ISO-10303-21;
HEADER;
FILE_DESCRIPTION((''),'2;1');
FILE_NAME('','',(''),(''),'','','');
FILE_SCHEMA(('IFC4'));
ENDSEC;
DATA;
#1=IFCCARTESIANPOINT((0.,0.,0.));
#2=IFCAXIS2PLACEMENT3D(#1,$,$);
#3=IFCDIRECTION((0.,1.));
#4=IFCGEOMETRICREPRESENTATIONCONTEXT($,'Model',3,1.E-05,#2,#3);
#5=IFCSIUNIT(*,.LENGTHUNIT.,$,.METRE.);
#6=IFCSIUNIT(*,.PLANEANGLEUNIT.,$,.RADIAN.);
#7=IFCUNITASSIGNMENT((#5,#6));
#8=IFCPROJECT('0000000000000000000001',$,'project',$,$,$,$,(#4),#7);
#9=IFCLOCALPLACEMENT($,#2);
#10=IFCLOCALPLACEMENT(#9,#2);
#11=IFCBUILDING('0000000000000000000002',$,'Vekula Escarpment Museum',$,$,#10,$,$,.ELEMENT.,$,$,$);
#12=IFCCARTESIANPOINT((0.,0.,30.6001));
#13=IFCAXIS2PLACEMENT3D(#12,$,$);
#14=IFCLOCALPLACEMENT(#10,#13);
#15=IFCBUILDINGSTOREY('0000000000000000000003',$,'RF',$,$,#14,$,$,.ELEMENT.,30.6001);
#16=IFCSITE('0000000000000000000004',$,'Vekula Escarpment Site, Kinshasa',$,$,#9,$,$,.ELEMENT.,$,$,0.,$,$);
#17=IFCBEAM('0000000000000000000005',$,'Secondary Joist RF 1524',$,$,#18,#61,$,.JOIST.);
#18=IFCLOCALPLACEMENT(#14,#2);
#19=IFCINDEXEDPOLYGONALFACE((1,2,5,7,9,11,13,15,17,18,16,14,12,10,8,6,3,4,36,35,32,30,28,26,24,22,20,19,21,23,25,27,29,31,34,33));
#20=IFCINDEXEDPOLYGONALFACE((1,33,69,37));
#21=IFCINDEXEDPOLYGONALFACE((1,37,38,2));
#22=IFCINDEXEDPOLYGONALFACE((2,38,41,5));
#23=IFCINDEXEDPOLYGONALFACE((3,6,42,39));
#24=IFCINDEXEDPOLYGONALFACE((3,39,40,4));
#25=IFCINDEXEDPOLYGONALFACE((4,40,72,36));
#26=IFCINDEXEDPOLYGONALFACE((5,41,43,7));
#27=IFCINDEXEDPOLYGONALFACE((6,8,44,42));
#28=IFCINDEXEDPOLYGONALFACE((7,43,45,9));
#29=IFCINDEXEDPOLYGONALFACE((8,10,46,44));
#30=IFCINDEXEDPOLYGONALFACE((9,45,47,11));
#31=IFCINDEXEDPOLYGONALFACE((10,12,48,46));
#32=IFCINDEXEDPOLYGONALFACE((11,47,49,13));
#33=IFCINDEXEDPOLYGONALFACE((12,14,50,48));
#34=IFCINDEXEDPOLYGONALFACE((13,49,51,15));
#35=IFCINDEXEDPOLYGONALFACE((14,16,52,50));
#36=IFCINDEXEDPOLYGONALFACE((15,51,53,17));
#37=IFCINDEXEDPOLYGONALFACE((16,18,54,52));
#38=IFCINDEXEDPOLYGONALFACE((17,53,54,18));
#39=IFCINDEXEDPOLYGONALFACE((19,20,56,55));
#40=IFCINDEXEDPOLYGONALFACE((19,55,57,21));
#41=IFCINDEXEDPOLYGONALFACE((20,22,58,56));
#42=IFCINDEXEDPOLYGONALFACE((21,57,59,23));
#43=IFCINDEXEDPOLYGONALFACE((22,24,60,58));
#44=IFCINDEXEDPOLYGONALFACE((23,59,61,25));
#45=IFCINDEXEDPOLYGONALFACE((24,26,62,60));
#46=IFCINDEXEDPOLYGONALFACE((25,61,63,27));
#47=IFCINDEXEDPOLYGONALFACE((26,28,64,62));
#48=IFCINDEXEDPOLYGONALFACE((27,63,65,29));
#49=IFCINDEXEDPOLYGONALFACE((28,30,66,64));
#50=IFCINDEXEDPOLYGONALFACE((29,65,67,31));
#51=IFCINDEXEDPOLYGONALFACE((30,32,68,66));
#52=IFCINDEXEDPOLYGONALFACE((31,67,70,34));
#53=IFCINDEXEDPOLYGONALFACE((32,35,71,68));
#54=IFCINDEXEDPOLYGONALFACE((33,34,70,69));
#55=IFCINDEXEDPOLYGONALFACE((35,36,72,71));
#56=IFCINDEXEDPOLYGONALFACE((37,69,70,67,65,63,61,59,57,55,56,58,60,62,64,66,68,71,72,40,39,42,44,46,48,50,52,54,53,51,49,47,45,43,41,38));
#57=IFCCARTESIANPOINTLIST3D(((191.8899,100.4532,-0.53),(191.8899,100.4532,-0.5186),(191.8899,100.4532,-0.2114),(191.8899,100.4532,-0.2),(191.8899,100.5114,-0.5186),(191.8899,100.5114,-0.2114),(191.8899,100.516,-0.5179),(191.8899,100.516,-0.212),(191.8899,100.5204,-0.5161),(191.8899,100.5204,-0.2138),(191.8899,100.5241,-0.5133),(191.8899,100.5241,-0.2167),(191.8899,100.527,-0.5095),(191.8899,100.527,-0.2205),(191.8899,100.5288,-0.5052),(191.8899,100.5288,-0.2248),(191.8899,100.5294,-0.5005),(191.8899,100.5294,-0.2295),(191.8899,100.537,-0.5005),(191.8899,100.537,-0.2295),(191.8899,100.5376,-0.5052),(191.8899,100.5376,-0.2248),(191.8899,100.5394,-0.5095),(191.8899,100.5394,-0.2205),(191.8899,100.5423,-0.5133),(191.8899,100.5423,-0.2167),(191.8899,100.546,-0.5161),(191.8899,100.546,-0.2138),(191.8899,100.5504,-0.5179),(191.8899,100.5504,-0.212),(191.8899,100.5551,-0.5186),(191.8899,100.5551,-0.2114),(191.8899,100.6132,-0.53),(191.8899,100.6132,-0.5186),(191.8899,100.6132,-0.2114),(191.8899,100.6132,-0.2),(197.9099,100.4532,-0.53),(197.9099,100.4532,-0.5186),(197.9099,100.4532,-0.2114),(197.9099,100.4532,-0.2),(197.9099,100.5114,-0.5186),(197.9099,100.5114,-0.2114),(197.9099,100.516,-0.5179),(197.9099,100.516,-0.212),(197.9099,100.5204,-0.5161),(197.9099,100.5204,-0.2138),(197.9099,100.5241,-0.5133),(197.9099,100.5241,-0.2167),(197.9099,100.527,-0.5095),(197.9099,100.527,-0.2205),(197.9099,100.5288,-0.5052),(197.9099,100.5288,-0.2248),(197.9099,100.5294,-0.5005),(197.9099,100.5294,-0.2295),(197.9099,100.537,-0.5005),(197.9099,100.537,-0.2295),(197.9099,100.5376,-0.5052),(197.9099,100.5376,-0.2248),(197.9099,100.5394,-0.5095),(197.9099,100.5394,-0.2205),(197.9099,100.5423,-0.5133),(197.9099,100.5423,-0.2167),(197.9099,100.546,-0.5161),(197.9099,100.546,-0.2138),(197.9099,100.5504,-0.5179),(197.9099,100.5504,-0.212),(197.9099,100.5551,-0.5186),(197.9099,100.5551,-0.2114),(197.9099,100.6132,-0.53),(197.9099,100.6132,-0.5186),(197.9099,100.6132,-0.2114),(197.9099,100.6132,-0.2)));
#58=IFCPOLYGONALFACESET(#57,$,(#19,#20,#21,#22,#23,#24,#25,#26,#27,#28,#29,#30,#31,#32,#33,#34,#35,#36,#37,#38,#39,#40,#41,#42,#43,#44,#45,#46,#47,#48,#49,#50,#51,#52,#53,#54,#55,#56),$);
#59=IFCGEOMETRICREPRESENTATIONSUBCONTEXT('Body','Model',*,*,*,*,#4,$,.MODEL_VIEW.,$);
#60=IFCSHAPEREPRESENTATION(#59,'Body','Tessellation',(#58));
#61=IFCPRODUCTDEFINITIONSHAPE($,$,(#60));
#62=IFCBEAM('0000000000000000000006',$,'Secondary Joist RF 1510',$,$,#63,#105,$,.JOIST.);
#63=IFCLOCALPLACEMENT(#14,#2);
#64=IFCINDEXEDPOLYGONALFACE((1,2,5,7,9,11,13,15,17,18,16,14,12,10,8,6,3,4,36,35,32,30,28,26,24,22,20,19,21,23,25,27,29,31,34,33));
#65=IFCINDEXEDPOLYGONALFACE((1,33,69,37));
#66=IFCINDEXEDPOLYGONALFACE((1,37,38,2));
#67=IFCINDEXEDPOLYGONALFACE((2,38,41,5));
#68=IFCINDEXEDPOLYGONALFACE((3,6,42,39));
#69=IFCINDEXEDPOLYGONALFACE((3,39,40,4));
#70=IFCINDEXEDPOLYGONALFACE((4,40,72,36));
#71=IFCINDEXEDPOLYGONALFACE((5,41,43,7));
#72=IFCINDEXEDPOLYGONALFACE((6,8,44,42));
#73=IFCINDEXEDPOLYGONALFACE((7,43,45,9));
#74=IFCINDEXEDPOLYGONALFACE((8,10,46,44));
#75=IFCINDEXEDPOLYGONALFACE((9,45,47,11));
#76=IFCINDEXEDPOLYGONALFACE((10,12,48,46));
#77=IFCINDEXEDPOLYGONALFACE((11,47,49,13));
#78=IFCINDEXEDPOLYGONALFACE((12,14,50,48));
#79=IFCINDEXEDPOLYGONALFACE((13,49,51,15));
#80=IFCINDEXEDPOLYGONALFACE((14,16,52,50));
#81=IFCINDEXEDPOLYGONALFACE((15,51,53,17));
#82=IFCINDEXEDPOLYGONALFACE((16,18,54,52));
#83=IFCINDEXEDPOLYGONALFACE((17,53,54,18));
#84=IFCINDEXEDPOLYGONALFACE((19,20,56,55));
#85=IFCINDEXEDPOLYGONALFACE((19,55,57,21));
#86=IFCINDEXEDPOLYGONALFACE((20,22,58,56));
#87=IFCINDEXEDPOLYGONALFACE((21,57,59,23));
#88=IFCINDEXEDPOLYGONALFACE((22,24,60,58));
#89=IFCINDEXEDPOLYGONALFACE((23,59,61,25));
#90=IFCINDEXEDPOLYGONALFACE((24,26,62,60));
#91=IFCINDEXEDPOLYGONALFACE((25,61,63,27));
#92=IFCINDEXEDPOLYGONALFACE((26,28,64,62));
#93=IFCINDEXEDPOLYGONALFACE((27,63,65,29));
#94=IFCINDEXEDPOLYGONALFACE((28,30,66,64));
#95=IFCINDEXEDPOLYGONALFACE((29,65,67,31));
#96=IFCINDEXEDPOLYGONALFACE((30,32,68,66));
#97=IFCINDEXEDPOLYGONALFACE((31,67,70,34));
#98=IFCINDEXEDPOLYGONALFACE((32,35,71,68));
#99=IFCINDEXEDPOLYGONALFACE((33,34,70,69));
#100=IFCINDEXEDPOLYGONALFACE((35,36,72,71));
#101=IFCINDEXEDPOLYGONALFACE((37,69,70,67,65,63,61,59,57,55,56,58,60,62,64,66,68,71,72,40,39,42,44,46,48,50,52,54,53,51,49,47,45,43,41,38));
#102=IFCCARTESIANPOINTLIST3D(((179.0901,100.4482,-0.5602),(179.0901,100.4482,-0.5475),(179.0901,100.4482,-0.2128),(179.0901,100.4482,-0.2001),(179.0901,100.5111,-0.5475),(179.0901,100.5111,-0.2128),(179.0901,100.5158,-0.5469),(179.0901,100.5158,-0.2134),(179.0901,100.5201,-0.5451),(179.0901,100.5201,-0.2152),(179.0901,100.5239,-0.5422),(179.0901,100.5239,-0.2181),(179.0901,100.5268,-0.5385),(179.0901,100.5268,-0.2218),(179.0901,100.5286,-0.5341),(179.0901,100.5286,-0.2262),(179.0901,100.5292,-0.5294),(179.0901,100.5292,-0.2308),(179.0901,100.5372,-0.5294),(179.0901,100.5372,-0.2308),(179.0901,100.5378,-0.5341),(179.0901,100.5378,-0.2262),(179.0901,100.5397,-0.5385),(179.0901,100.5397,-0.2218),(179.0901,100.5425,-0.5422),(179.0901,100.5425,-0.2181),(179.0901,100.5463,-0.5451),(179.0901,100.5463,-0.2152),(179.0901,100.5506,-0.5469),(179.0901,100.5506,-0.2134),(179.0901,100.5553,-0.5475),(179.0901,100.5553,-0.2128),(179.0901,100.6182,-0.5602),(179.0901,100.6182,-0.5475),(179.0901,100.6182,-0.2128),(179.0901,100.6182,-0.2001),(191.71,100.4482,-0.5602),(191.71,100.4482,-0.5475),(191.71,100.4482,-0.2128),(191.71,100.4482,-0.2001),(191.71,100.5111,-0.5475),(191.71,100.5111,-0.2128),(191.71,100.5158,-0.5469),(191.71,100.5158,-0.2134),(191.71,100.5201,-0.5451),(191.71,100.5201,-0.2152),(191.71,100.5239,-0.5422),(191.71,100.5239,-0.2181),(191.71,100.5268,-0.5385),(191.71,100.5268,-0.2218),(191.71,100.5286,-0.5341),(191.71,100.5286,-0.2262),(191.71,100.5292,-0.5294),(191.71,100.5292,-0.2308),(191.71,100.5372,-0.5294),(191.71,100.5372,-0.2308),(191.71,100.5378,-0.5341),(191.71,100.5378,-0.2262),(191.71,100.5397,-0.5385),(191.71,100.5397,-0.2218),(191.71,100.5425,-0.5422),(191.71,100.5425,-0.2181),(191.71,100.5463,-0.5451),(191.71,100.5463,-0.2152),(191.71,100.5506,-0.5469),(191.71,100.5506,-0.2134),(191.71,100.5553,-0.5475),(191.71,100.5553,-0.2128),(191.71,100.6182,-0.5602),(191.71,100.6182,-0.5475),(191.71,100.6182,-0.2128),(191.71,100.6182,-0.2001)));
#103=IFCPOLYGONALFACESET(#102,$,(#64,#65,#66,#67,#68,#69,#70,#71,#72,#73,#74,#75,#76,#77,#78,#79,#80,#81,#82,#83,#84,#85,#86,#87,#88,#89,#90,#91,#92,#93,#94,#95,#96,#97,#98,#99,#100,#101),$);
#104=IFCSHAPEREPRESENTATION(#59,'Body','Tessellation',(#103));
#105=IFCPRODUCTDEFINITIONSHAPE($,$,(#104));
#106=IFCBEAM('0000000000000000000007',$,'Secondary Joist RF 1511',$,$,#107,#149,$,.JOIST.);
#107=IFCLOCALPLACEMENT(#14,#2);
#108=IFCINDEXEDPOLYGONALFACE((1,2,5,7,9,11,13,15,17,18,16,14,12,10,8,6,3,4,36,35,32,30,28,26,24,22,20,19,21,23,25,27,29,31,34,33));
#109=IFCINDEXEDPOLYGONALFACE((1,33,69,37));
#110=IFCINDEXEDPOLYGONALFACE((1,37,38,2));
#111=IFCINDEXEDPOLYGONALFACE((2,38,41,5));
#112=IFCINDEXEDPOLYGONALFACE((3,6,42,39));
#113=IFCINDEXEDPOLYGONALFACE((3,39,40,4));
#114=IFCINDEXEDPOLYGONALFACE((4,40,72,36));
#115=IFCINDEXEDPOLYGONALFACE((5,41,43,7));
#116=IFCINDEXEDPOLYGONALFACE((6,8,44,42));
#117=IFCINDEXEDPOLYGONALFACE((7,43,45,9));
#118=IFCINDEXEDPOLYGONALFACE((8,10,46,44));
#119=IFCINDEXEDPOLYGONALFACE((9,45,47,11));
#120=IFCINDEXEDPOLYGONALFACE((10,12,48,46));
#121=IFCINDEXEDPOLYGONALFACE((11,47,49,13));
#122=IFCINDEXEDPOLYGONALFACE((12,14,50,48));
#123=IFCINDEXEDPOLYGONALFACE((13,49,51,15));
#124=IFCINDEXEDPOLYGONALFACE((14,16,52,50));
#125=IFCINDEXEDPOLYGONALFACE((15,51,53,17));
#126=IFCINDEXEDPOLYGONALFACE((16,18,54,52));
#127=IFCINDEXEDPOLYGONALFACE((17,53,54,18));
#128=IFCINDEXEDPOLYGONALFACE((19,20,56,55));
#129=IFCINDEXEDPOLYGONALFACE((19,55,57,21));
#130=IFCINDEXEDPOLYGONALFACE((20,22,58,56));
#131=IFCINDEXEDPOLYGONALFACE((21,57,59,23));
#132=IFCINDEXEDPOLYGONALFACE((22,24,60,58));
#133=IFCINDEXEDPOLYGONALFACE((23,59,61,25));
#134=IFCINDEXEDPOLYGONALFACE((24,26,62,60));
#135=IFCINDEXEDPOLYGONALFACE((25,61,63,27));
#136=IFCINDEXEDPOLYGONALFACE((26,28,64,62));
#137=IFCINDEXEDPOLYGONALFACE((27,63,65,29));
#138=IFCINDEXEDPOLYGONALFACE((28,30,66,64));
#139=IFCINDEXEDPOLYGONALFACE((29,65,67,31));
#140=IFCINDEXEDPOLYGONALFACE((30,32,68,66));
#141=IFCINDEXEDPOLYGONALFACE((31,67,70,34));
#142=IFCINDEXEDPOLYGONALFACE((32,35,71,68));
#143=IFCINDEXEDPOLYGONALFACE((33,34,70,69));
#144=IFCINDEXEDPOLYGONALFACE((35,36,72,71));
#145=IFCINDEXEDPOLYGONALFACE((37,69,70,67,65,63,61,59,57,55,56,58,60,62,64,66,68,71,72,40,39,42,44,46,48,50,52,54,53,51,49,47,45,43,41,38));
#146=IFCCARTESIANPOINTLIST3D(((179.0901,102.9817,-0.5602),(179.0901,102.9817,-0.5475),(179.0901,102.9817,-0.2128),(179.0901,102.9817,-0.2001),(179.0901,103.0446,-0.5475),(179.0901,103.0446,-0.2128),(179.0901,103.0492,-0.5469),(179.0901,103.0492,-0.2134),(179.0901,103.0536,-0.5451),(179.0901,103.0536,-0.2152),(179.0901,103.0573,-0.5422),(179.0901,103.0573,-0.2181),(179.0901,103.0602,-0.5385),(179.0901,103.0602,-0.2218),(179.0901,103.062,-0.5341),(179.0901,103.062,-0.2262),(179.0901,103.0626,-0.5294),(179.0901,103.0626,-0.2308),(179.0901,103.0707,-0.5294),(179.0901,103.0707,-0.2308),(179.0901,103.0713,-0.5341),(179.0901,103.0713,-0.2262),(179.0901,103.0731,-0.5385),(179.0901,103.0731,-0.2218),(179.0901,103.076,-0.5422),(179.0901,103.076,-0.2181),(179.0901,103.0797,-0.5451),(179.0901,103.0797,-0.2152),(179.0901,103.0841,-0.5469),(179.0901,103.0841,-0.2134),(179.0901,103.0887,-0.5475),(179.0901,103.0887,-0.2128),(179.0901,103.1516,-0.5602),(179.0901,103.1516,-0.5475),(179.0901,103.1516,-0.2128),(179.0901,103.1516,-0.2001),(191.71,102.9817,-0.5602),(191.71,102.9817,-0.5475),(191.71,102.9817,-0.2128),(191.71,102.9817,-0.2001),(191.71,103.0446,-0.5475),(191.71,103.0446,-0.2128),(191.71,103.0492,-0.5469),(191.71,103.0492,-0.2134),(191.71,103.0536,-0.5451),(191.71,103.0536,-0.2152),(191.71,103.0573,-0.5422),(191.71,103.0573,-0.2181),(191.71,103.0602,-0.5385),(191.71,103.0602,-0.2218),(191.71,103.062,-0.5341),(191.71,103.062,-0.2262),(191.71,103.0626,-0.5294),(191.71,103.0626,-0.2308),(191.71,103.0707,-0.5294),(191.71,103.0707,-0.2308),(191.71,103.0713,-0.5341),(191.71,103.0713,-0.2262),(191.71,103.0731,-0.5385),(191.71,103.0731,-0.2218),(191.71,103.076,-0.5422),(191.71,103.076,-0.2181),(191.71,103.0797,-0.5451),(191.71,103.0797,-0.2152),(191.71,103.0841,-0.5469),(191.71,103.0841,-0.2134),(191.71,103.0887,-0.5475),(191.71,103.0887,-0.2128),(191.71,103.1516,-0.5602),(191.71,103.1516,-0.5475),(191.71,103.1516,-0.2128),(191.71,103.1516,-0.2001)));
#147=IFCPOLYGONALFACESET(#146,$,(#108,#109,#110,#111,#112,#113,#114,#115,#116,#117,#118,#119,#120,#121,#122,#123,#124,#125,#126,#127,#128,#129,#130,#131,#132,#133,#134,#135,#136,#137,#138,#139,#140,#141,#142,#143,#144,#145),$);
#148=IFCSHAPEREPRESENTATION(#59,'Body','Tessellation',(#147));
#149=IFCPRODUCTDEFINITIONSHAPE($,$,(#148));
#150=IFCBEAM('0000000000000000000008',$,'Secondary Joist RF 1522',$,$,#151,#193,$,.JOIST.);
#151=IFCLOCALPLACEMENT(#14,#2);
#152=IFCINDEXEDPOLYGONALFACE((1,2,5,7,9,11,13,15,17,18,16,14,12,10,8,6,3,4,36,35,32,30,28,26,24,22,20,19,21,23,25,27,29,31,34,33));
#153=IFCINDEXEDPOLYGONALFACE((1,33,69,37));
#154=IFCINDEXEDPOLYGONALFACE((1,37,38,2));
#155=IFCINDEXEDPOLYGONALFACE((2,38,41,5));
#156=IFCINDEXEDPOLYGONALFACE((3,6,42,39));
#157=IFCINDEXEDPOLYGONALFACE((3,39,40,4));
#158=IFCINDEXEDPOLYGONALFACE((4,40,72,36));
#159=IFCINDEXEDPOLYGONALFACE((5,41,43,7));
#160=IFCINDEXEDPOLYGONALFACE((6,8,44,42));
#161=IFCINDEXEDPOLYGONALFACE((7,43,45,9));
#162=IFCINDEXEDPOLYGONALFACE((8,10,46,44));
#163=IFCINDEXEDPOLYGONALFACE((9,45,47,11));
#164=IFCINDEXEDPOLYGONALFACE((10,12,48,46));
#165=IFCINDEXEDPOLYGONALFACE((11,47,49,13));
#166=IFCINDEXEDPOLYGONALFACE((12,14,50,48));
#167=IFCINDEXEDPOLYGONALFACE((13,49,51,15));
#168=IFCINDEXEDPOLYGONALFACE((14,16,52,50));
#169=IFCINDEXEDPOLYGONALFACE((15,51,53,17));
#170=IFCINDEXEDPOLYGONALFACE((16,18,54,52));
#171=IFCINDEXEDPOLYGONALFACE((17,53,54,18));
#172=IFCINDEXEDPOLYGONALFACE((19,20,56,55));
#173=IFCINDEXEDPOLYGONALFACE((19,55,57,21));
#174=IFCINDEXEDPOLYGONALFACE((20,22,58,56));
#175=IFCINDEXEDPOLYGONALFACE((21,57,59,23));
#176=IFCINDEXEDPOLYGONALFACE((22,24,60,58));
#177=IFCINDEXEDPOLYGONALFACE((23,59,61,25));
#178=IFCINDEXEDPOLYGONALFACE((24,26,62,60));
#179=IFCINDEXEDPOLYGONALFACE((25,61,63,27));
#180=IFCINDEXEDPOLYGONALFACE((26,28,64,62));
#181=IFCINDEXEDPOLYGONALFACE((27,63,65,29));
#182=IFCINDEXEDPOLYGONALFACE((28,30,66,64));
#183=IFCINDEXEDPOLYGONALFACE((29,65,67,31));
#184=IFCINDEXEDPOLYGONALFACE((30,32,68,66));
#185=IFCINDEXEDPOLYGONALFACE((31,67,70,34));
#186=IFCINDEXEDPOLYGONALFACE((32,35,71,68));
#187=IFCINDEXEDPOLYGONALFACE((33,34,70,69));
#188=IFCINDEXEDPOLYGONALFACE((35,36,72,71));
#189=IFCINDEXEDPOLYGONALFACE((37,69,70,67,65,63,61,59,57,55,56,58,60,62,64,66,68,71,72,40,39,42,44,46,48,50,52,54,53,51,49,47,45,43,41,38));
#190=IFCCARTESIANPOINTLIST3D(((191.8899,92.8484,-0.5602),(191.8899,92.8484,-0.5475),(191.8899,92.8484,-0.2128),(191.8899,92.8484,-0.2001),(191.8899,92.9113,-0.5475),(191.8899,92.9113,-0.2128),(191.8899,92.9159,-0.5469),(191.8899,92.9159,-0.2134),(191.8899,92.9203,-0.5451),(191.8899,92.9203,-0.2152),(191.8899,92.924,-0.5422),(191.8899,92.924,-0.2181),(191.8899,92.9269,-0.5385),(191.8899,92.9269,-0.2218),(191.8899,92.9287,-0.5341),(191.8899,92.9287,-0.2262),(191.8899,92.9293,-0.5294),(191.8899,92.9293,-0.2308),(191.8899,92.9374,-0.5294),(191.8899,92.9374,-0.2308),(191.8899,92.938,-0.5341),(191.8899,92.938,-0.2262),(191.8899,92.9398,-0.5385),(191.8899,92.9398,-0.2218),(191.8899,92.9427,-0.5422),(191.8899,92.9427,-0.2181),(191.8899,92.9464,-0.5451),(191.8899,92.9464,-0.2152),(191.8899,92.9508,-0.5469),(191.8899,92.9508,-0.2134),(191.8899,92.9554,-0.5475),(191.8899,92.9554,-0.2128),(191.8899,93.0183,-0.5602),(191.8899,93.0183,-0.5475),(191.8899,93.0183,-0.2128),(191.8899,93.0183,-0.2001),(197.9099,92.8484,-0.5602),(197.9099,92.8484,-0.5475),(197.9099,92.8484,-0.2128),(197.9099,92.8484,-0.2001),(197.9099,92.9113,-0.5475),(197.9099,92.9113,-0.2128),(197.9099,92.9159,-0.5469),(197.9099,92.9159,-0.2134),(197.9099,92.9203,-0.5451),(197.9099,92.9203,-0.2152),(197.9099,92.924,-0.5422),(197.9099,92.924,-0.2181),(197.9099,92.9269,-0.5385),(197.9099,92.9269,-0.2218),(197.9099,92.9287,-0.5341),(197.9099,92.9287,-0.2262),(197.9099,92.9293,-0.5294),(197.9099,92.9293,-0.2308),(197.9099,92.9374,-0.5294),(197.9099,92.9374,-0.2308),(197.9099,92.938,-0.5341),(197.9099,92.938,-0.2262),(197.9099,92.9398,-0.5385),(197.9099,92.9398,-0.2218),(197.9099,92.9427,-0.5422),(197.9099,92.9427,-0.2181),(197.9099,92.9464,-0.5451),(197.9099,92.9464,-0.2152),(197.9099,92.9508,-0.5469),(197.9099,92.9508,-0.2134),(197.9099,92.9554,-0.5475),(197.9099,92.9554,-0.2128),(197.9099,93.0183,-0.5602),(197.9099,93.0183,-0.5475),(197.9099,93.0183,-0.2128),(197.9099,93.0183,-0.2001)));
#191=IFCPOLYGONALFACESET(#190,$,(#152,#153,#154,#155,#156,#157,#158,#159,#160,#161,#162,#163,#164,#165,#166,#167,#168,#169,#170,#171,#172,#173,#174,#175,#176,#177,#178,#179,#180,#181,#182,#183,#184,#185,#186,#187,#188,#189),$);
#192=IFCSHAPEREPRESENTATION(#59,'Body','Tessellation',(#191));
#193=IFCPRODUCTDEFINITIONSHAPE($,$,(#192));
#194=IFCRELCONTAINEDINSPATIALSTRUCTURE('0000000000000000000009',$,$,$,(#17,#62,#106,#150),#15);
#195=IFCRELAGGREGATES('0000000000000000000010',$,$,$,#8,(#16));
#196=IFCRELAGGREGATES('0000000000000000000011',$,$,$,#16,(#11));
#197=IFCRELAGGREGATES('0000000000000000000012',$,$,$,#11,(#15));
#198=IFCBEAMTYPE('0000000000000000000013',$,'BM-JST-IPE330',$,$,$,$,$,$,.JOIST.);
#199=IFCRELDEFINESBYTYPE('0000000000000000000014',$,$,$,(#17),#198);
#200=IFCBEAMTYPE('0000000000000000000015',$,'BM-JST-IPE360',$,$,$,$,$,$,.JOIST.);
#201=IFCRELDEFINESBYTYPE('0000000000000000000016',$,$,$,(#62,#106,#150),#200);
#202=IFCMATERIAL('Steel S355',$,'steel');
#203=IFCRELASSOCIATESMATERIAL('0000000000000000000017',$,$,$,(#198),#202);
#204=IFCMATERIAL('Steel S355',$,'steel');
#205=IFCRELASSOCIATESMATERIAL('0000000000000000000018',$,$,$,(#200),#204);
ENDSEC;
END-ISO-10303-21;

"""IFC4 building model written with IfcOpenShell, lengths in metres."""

from ifc_helpers import new_model, si_unit, direction, frame, origin, origin_2d, place, context, subcontext, project, spatial, i_section, extrude, material, material_profile, profile_set, type_object, element, save


model = new_model("IFC4")

# Units and contexts
model_context = context("Model", 3, precision=1e-05, world=origin(), true_north=direction((0.0, 1.0)))
body_context = subcontext(model_context, "Body", "Model", "MODEL_VIEW")
ifc_project = project(units=[si_unit("LENGTHUNIT", "METRE"), si_unit("PLANEANGLEUNIT", "RADIAN")], contexts=[model_context])

# Site, building, storey
site_placement = place(None, origin())
site = spatial("IfcSite", under=ifc_project, at=site_placement, Name="Vekula Escarpment Site, Kinshasa", CompositionType="ELEMENT", RefElevation=0.0)
building_placement = place(site_placement, origin())
building = spatial("IfcBuilding", under=site, at=building_placement, Name="Vekula Escarpment Museum", CompositionType="ELEMENT")
storey_placement = place(building_placement, frame((0.0, 0.0, 30.6001)))
storey = spatial("IfcBuildingStorey", under=building, at=storey_placement, Name="RF", CompositionType="ELEMENT", Elevation=30.6001)

# Beams
ifc_material_1 = material(Name="Steel S355", Category="steel")
ifc_material_profile_1 = material_profile(ifc_material_1, i_section(OverallWidth=0.1599, OverallDepth=0.3301, WebThickness=0.0076, FlangeThickness=0.0115, FilletRadius=0.0181, at=origin_2d()), Name="IPE 330")
ifc_profile_set_1 = profile_set([ifc_material_profile_1], Name="Steel S355")
beam_type_1 = type_object("IfcBeamType", Name="BM-JST-IPE330", PredefinedType="JOIST", material=ifc_profile_set_1)
beam_1_placement = place(storey_placement, frame((191.8899, 100.5332, -0.365), z_axis=(1.0, 0.0, 0.0), x_axis=(0.0, 1.0, 0.0)))
element("IfcBeam", 1, at=beam_1_placement, inside=storey, type_object=beam_type_1, Name="Secondary Joist RF 1524", PredefinedType="JOIST", context=body_context, shape_type="SweptSolid", body=[
    extrude(i_section(OverallWidth=0.1599, OverallDepth=0.3301, WebThickness=0.0076, FlangeThickness=0.0115, FilletRadius=0.0181, at=origin_2d()), origin(), (0.0, 0.0, 1.0), 6.02),
])
ifc_material_2 = material(Name="Steel S355", Category="steel")
ifc_material_profile_2 = material_profile(ifc_material_2, i_section(OverallWidth=0.1699, OverallDepth=0.3601, WebThickness=0.0081, FlangeThickness=0.0127, FilletRadius=0.0181, at=origin_2d()), Name="IPE 360")
ifc_profile_set_2 = profile_set([ifc_material_profile_2], Name="Steel S355")
beam_type_2 = type_object("IfcBeamType", Name="BM-JST-IPE360", PredefinedType="JOIST", material=ifc_profile_set_2)
for number, where, z_axis, x_axis, name in (
    (2, (179.0901, 100.5332, -0.3801), (1.0, 0.0, 0.0), (0.0, 1.0, 0.0), "Secondary Joist RF 1510"),
    (3, (179.0901, 103.0667, -0.3801), (1.0, 0.0, 0.0), (0.0, 1.0, 0.0), "Secondary Joist RF 1511"),
):
    element("IfcBeam", number, at=place(storey_placement, frame(where, z_axis=z_axis, x_axis=x_axis)), inside=storey, type_object=beam_type_2, Name=name, PredefinedType="JOIST", context=body_context, shape_type="SweptSolid", body=[
        extrude(i_section(OverallWidth=0.1699, OverallDepth=0.3601, WebThickness=0.0081, FlangeThickness=0.0127, FilletRadius=0.0181, at=origin_2d()), origin(), (0.0, 0.0, 1.0), 12.6199),
    ])
for number, where, z_axis, x_axis, name in (
    (4, (191.8899, 92.9333, -0.3801), (1.0, 0.0, 0.0), (0.0, 1.0, 0.0), "Secondary Joist RF 1522"),
):
    element("IfcBeam", number, at=place(storey_placement, frame(where, z_axis=z_axis, x_axis=x_axis)), inside=storey, type_object=beam_type_2, Name=name, PredefinedType="JOIST", context=body_context, shape_type="SweptSolid", body=[
        extrude(i_section(OverallWidth=0.1699, OverallDepth=0.3601, WebThickness=0.0081, FlangeThickness=0.0127, FilletRadius=0.0181, at=origin_2d()), origin(), (0.0, 0.0, 1.0), 6.02),
    ])

save(model, "model.ifc")
